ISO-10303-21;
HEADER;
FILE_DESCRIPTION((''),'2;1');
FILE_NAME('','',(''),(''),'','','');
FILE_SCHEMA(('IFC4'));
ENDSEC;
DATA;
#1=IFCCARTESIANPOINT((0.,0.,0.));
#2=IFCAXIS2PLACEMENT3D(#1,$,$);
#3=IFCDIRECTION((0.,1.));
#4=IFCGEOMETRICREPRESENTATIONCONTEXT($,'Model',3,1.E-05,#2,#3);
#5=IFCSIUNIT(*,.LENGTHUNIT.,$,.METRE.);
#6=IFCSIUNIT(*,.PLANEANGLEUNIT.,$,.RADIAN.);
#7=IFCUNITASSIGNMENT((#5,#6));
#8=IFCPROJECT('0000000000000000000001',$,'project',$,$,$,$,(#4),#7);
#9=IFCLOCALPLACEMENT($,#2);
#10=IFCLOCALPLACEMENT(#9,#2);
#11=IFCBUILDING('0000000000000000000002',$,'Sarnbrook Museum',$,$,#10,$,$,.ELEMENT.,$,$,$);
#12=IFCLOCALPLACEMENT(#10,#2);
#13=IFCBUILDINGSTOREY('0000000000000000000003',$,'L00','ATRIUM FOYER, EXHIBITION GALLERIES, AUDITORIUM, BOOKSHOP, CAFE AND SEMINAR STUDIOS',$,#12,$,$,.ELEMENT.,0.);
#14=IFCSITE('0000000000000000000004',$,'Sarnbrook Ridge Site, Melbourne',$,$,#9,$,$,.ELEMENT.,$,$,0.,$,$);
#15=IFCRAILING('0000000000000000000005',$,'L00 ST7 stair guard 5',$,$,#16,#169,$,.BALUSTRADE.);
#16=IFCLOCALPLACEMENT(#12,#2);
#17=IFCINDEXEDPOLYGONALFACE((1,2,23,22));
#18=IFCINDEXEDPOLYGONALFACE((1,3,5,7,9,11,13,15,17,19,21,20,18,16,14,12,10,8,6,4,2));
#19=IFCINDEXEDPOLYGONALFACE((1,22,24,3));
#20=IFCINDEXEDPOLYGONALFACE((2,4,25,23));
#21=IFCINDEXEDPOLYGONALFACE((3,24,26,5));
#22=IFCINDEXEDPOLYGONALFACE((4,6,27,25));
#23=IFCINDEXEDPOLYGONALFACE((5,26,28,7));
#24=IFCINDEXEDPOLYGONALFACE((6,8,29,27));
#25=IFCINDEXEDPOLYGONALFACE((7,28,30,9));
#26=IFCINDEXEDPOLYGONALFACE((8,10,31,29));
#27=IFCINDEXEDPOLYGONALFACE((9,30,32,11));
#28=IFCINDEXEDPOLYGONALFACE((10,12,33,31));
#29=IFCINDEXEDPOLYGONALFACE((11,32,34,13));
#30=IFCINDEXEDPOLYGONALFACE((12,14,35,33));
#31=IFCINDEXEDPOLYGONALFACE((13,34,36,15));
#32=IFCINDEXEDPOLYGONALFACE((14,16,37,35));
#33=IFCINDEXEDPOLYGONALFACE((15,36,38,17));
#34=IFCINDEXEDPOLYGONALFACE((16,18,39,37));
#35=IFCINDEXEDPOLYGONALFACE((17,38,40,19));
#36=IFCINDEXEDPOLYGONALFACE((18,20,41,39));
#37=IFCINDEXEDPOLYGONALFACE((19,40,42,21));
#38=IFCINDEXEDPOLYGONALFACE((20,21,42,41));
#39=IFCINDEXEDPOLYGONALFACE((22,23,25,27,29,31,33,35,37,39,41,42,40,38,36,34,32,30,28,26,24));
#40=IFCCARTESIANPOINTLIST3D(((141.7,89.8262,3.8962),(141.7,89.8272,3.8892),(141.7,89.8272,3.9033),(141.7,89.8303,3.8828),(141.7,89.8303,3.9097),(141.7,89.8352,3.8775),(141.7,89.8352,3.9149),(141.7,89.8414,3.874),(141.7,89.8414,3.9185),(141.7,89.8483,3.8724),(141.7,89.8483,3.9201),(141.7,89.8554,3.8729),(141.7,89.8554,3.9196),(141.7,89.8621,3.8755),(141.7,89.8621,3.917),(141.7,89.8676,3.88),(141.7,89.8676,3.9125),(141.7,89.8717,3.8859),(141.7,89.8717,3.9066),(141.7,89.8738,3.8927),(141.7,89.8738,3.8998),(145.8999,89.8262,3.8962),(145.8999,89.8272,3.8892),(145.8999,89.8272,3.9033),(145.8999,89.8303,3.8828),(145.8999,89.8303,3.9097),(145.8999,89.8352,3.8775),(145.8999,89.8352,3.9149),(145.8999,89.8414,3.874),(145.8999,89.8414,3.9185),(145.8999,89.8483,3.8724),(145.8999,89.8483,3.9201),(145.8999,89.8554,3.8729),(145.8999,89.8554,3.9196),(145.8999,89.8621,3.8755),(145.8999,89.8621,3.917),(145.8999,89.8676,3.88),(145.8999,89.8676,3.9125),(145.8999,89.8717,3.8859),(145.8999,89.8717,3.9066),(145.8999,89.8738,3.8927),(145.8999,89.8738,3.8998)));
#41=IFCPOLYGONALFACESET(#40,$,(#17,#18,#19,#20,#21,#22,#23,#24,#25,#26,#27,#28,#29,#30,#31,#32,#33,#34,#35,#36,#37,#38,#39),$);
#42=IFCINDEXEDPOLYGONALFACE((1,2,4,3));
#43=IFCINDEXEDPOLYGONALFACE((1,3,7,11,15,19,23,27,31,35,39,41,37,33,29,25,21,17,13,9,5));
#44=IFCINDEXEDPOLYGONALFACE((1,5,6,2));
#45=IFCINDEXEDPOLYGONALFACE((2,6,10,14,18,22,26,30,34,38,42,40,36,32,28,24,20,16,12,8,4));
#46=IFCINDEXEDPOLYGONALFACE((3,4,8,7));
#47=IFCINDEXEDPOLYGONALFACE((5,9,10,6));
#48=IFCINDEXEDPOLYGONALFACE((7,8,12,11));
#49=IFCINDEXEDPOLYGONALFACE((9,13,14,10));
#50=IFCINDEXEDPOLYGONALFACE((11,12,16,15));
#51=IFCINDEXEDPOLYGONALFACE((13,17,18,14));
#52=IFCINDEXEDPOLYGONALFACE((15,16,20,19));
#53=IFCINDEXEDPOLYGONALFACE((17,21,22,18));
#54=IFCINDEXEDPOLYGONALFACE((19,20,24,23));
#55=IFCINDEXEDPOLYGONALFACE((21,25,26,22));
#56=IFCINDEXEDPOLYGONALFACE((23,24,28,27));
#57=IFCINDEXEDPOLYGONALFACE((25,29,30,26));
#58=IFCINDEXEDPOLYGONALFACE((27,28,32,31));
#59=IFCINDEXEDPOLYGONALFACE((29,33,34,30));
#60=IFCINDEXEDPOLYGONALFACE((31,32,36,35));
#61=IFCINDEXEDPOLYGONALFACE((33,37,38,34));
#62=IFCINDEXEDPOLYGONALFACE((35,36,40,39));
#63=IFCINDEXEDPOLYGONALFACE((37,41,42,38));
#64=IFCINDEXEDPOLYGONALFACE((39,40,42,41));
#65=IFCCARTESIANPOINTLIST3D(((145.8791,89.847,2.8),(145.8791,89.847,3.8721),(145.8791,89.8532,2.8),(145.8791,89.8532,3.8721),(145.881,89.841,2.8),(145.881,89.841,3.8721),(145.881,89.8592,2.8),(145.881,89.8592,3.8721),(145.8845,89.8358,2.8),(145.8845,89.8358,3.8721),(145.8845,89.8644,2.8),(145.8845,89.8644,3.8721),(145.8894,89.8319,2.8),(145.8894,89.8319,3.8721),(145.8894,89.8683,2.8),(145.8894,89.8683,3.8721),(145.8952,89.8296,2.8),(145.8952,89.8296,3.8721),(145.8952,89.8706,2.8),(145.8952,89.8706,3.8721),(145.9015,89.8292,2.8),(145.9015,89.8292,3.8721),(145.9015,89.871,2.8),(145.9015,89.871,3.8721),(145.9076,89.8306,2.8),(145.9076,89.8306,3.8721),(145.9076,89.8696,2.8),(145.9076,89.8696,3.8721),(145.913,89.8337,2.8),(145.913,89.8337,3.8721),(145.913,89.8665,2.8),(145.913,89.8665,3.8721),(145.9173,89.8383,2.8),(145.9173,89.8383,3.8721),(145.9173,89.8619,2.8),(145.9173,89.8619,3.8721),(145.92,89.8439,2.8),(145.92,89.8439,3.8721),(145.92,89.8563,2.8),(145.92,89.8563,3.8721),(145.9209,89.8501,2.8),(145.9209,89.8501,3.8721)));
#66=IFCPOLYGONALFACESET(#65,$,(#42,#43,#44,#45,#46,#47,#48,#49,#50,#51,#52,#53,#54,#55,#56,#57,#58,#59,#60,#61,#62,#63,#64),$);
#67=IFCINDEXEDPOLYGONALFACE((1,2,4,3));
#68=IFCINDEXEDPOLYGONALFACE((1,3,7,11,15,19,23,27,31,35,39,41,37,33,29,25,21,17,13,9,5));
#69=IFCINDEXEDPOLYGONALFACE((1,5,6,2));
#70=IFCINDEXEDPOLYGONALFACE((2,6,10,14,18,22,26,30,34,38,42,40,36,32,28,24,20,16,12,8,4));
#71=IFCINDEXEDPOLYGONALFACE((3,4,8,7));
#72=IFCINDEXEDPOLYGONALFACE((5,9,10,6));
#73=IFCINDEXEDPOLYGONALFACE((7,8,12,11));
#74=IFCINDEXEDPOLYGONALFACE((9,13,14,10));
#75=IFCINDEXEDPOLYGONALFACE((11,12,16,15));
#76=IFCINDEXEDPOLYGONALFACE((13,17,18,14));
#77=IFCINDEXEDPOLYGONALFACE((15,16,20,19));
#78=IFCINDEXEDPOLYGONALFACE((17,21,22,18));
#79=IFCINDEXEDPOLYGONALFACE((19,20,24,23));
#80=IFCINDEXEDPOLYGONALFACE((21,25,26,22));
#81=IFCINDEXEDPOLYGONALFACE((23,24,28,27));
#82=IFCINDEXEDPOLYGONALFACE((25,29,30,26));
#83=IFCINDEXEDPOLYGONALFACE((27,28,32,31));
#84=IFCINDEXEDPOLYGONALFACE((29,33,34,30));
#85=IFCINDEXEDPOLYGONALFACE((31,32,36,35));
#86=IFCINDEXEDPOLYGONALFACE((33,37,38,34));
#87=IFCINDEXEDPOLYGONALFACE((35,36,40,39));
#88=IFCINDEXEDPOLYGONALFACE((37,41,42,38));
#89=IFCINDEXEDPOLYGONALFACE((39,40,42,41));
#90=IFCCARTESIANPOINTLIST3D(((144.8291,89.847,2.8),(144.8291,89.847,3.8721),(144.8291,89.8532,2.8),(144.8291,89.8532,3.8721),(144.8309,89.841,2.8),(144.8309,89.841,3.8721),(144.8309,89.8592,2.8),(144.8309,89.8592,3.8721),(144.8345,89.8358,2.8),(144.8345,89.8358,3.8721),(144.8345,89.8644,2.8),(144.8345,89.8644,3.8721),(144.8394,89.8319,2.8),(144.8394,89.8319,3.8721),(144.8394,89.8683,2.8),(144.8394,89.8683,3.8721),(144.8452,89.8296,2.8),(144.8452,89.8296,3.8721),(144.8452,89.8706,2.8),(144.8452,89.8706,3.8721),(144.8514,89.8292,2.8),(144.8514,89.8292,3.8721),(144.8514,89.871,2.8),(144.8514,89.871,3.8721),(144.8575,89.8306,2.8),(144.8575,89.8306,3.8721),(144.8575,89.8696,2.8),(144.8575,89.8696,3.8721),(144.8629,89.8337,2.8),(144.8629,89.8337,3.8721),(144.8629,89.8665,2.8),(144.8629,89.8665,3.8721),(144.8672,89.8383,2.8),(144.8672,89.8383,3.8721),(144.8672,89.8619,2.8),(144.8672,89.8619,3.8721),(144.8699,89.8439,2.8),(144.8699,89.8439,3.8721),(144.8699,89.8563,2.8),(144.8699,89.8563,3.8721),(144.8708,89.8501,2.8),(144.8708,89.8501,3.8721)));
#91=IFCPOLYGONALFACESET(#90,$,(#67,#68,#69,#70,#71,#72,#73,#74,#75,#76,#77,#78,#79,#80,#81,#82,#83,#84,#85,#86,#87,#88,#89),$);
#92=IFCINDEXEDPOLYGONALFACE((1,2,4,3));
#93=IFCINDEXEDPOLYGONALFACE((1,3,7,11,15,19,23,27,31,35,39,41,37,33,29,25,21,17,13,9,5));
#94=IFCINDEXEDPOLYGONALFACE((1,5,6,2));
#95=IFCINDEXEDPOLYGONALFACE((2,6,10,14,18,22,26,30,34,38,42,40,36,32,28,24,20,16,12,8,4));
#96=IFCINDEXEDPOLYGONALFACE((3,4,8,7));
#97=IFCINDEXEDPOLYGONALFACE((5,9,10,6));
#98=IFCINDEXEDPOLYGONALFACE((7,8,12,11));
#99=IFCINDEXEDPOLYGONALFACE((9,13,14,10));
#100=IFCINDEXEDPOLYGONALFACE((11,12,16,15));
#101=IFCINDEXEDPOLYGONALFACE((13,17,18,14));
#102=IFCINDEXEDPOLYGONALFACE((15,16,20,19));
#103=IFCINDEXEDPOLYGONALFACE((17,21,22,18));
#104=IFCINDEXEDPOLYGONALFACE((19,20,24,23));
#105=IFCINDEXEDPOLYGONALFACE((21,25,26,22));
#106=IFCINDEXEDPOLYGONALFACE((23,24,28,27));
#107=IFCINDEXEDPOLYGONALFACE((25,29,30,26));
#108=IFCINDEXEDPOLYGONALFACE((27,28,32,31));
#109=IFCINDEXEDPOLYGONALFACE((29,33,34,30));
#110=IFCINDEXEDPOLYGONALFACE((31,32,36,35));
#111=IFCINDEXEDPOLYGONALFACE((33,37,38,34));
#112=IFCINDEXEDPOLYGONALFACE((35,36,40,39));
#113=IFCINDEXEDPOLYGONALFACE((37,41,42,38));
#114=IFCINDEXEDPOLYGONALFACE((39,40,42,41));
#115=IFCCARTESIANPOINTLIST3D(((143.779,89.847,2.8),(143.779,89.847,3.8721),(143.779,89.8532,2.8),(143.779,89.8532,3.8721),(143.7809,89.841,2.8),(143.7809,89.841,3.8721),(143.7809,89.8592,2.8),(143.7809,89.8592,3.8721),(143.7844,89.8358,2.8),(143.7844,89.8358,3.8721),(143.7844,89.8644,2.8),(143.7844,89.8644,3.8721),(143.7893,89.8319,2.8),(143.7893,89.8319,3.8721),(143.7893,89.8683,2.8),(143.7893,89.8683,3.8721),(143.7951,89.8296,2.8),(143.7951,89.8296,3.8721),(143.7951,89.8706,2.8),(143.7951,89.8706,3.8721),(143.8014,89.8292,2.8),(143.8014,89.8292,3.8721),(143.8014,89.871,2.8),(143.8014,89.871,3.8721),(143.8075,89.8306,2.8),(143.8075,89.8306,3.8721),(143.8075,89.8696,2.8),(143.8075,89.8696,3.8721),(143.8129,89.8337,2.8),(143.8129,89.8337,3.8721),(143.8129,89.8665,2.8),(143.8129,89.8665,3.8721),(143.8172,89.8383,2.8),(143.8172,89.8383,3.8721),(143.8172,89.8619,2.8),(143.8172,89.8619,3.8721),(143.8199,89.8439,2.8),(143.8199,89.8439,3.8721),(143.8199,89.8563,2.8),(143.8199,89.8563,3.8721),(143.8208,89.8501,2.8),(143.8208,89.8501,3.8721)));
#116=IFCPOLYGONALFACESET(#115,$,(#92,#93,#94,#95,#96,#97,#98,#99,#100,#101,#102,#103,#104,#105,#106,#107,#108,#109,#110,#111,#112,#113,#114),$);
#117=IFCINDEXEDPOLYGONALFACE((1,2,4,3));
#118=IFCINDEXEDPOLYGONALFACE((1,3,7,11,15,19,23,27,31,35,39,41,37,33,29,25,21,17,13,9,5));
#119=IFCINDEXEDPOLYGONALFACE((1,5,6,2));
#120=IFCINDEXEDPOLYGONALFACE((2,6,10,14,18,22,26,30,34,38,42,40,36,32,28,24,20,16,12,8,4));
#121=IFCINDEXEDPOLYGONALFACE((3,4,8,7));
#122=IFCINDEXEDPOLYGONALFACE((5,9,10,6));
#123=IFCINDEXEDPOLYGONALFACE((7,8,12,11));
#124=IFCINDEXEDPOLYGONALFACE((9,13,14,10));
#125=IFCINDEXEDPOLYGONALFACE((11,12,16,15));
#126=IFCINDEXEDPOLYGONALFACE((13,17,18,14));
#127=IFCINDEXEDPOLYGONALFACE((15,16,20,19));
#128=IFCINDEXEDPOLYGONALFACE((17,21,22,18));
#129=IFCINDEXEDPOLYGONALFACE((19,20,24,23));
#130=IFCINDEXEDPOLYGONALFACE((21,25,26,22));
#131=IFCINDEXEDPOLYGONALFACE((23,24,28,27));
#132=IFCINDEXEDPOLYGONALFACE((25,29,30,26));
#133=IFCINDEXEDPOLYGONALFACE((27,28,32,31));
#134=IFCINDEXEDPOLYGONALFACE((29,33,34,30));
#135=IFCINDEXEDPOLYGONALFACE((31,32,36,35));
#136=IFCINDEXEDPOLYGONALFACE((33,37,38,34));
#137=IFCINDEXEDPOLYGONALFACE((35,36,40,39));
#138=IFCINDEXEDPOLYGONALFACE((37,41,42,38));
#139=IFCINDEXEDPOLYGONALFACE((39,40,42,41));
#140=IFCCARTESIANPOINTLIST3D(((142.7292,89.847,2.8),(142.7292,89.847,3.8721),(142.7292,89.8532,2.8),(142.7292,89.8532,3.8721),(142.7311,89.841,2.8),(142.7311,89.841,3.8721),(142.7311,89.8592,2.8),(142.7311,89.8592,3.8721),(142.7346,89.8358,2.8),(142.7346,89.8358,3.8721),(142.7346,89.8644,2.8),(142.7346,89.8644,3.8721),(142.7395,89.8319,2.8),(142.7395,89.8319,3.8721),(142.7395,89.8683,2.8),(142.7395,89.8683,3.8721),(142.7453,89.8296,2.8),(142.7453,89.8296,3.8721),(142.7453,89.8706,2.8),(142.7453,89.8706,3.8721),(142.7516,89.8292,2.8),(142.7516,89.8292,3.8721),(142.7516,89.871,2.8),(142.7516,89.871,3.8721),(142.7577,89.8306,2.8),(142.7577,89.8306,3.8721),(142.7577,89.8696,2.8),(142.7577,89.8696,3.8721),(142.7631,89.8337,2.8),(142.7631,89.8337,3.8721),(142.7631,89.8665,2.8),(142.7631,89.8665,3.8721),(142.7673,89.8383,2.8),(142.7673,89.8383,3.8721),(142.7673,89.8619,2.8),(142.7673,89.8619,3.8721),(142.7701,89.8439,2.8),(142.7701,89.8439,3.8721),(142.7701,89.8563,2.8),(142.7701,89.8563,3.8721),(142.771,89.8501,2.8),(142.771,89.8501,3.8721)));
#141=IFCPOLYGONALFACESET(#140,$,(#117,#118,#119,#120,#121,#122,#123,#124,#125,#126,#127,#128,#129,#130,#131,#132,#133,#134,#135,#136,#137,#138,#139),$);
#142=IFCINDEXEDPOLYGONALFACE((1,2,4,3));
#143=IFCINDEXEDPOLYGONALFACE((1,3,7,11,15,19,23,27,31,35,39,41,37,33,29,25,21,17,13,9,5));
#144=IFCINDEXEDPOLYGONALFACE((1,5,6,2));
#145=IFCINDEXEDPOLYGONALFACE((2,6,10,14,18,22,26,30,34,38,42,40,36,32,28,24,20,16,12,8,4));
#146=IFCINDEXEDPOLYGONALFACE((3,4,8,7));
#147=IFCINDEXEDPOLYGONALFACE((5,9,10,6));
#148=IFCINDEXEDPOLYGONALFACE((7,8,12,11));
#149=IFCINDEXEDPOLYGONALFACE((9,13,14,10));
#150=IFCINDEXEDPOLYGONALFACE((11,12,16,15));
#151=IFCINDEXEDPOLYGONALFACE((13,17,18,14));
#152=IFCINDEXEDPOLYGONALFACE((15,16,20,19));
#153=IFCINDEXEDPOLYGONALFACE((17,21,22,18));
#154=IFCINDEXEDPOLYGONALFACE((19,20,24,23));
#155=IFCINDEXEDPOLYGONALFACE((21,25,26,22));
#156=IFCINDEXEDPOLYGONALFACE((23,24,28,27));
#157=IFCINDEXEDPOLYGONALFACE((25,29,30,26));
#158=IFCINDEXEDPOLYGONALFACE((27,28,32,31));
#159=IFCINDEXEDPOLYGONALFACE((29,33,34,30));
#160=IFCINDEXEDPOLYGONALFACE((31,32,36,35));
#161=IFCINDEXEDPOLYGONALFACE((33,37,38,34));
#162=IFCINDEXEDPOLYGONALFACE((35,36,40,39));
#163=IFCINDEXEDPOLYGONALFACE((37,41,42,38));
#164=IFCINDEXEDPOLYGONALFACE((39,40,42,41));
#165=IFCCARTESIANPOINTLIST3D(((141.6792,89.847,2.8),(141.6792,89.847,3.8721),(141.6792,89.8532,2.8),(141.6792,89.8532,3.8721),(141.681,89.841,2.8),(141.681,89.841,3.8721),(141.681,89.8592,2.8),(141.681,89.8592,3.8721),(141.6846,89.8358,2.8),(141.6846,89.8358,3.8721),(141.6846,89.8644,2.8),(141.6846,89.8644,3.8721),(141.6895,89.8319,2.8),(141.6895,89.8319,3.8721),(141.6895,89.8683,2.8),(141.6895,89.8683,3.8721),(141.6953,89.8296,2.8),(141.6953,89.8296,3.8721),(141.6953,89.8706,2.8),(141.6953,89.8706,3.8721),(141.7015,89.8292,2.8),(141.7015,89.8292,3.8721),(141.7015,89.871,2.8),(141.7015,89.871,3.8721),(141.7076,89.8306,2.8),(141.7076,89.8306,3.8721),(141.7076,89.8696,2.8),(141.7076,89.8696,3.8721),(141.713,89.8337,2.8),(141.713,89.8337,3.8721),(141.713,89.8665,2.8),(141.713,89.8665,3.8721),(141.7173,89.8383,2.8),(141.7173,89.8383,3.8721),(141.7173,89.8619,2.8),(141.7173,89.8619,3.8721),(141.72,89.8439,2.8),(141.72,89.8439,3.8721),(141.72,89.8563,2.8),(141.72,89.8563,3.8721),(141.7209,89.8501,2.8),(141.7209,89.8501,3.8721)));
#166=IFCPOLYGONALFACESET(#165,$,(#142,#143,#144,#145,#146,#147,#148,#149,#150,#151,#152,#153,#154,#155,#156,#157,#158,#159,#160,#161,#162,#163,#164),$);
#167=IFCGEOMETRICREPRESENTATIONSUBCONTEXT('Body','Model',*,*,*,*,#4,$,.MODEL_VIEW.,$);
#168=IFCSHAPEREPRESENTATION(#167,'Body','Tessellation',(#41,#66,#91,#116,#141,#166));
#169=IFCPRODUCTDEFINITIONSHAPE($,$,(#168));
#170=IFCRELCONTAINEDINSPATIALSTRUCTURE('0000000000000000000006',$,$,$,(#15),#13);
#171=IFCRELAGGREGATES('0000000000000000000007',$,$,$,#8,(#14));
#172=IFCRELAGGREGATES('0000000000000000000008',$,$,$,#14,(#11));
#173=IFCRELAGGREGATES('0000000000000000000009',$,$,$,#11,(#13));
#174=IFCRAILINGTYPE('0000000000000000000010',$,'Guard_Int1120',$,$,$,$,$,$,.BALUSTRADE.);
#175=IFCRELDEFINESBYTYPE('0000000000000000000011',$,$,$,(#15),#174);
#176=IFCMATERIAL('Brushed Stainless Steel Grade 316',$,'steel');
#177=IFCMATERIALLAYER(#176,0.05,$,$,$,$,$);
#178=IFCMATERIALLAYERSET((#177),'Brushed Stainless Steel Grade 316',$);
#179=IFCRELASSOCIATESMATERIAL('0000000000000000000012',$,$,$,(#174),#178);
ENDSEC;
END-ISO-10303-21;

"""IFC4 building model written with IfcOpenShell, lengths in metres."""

from ifc_helpers import new_model, si_unit, direction, frame, origin, origin_2d, place, context, subcontext, project, spatial, circle, extrude, material, layer, layer_set, type_object, element, save


model = new_model("IFC4")

# Units and contexts
model_context = context("Model", 3, precision=1e-05, world=origin(), true_north=direction((0.0, 1.0)))
body_context = subcontext(model_context, "Body", "Model", "MODEL_VIEW")
ifc_project = project(units=[si_unit("LENGTHUNIT", "METRE"), si_unit("PLANEANGLEUNIT", "RADIAN")], contexts=[model_context])

# Site, building, storey
site_placement = place(None, origin())
site = spatial("IfcSite", under=ifc_project, at=site_placement, Name="Sarnbrook Ridge Site, Melbourne", CompositionType="ELEMENT", RefElevation=0.0)
building_placement = place(site_placement, origin())
building = spatial("IfcBuilding", under=site, at=building_placement, Name="Sarnbrook Museum", CompositionType="ELEMENT")
storey_placement = place(building_placement, origin())
storey = spatial("IfcBuildingStorey", under=building, at=storey_placement, Name="L00", Description="ATRIUM FOYER, EXHIBITION GALLERIES, AUDITORIUM, BOOKSHOP, CAFE AND SEMINAR STUDIOS", CompositionType="ELEMENT", Elevation=0.0)

# Railing
ifc_material_1 = material(Name="Brushed Stainless Steel Grade 316", Category="steel")
ifc_layer_1 = layer(ifc_material_1, 0.05)
ifc_layer_set_1 = layer_set([ifc_layer_1], Name="Brushed Stainless Steel Grade 316")
railing_type_1 = type_object("IfcRailingType", Name="Guard_Int1120", PredefinedType="BALUSTRADE", material=ifc_layer_set_1)
railing_1_placement = place(storey_placement, frame((145.8999, 89.8501, 2.8)))
element("IfcRailing", 1, at=railing_1_placement, inside=storey, type_object=railing_type_1, Name="L00 ST7 stair guard 5", PredefinedType="BALUSTRADE", context=body_context, shape_type="SweptSolid", body=[
    extrude(circle(Radius=0.0239, at=origin_2d()), frame((0.0, 0.0, 1.0962), z_axis=(-1.0, 0.0, 0.0), x_axis=(0.0, -1.0, 0.0)), (0.0, 0.0, 1.0), 4.2),
    extrude(circle(Radius=0.021, at=origin_2d()), origin(), (0.0, 0.0, 1.0), 1.072),
    extrude(circle(Radius=0.021, at=origin_2d()), frame((-1.05, 0.0, 0.0)), (0.0, 0.0, 1.0), 1.072),
    extrude(circle(Radius=0.021, at=origin_2d()), frame((-2.1001, 0.0, 0.0)), (0.0, 0.0, 1.0), 1.072),
    extrude(circle(Radius=0.021, at=origin_2d()), frame((-3.1499, 0.0, 0.0)), (0.0, 0.0, 1.0), 1.072),
    extrude(circle(Radius=0.021, at=origin_2d()), frame((-4.2, 0.0, 0.0)), (0.0, 0.0, 1.0), 1.072),
])

save(model, "model.ifc")
